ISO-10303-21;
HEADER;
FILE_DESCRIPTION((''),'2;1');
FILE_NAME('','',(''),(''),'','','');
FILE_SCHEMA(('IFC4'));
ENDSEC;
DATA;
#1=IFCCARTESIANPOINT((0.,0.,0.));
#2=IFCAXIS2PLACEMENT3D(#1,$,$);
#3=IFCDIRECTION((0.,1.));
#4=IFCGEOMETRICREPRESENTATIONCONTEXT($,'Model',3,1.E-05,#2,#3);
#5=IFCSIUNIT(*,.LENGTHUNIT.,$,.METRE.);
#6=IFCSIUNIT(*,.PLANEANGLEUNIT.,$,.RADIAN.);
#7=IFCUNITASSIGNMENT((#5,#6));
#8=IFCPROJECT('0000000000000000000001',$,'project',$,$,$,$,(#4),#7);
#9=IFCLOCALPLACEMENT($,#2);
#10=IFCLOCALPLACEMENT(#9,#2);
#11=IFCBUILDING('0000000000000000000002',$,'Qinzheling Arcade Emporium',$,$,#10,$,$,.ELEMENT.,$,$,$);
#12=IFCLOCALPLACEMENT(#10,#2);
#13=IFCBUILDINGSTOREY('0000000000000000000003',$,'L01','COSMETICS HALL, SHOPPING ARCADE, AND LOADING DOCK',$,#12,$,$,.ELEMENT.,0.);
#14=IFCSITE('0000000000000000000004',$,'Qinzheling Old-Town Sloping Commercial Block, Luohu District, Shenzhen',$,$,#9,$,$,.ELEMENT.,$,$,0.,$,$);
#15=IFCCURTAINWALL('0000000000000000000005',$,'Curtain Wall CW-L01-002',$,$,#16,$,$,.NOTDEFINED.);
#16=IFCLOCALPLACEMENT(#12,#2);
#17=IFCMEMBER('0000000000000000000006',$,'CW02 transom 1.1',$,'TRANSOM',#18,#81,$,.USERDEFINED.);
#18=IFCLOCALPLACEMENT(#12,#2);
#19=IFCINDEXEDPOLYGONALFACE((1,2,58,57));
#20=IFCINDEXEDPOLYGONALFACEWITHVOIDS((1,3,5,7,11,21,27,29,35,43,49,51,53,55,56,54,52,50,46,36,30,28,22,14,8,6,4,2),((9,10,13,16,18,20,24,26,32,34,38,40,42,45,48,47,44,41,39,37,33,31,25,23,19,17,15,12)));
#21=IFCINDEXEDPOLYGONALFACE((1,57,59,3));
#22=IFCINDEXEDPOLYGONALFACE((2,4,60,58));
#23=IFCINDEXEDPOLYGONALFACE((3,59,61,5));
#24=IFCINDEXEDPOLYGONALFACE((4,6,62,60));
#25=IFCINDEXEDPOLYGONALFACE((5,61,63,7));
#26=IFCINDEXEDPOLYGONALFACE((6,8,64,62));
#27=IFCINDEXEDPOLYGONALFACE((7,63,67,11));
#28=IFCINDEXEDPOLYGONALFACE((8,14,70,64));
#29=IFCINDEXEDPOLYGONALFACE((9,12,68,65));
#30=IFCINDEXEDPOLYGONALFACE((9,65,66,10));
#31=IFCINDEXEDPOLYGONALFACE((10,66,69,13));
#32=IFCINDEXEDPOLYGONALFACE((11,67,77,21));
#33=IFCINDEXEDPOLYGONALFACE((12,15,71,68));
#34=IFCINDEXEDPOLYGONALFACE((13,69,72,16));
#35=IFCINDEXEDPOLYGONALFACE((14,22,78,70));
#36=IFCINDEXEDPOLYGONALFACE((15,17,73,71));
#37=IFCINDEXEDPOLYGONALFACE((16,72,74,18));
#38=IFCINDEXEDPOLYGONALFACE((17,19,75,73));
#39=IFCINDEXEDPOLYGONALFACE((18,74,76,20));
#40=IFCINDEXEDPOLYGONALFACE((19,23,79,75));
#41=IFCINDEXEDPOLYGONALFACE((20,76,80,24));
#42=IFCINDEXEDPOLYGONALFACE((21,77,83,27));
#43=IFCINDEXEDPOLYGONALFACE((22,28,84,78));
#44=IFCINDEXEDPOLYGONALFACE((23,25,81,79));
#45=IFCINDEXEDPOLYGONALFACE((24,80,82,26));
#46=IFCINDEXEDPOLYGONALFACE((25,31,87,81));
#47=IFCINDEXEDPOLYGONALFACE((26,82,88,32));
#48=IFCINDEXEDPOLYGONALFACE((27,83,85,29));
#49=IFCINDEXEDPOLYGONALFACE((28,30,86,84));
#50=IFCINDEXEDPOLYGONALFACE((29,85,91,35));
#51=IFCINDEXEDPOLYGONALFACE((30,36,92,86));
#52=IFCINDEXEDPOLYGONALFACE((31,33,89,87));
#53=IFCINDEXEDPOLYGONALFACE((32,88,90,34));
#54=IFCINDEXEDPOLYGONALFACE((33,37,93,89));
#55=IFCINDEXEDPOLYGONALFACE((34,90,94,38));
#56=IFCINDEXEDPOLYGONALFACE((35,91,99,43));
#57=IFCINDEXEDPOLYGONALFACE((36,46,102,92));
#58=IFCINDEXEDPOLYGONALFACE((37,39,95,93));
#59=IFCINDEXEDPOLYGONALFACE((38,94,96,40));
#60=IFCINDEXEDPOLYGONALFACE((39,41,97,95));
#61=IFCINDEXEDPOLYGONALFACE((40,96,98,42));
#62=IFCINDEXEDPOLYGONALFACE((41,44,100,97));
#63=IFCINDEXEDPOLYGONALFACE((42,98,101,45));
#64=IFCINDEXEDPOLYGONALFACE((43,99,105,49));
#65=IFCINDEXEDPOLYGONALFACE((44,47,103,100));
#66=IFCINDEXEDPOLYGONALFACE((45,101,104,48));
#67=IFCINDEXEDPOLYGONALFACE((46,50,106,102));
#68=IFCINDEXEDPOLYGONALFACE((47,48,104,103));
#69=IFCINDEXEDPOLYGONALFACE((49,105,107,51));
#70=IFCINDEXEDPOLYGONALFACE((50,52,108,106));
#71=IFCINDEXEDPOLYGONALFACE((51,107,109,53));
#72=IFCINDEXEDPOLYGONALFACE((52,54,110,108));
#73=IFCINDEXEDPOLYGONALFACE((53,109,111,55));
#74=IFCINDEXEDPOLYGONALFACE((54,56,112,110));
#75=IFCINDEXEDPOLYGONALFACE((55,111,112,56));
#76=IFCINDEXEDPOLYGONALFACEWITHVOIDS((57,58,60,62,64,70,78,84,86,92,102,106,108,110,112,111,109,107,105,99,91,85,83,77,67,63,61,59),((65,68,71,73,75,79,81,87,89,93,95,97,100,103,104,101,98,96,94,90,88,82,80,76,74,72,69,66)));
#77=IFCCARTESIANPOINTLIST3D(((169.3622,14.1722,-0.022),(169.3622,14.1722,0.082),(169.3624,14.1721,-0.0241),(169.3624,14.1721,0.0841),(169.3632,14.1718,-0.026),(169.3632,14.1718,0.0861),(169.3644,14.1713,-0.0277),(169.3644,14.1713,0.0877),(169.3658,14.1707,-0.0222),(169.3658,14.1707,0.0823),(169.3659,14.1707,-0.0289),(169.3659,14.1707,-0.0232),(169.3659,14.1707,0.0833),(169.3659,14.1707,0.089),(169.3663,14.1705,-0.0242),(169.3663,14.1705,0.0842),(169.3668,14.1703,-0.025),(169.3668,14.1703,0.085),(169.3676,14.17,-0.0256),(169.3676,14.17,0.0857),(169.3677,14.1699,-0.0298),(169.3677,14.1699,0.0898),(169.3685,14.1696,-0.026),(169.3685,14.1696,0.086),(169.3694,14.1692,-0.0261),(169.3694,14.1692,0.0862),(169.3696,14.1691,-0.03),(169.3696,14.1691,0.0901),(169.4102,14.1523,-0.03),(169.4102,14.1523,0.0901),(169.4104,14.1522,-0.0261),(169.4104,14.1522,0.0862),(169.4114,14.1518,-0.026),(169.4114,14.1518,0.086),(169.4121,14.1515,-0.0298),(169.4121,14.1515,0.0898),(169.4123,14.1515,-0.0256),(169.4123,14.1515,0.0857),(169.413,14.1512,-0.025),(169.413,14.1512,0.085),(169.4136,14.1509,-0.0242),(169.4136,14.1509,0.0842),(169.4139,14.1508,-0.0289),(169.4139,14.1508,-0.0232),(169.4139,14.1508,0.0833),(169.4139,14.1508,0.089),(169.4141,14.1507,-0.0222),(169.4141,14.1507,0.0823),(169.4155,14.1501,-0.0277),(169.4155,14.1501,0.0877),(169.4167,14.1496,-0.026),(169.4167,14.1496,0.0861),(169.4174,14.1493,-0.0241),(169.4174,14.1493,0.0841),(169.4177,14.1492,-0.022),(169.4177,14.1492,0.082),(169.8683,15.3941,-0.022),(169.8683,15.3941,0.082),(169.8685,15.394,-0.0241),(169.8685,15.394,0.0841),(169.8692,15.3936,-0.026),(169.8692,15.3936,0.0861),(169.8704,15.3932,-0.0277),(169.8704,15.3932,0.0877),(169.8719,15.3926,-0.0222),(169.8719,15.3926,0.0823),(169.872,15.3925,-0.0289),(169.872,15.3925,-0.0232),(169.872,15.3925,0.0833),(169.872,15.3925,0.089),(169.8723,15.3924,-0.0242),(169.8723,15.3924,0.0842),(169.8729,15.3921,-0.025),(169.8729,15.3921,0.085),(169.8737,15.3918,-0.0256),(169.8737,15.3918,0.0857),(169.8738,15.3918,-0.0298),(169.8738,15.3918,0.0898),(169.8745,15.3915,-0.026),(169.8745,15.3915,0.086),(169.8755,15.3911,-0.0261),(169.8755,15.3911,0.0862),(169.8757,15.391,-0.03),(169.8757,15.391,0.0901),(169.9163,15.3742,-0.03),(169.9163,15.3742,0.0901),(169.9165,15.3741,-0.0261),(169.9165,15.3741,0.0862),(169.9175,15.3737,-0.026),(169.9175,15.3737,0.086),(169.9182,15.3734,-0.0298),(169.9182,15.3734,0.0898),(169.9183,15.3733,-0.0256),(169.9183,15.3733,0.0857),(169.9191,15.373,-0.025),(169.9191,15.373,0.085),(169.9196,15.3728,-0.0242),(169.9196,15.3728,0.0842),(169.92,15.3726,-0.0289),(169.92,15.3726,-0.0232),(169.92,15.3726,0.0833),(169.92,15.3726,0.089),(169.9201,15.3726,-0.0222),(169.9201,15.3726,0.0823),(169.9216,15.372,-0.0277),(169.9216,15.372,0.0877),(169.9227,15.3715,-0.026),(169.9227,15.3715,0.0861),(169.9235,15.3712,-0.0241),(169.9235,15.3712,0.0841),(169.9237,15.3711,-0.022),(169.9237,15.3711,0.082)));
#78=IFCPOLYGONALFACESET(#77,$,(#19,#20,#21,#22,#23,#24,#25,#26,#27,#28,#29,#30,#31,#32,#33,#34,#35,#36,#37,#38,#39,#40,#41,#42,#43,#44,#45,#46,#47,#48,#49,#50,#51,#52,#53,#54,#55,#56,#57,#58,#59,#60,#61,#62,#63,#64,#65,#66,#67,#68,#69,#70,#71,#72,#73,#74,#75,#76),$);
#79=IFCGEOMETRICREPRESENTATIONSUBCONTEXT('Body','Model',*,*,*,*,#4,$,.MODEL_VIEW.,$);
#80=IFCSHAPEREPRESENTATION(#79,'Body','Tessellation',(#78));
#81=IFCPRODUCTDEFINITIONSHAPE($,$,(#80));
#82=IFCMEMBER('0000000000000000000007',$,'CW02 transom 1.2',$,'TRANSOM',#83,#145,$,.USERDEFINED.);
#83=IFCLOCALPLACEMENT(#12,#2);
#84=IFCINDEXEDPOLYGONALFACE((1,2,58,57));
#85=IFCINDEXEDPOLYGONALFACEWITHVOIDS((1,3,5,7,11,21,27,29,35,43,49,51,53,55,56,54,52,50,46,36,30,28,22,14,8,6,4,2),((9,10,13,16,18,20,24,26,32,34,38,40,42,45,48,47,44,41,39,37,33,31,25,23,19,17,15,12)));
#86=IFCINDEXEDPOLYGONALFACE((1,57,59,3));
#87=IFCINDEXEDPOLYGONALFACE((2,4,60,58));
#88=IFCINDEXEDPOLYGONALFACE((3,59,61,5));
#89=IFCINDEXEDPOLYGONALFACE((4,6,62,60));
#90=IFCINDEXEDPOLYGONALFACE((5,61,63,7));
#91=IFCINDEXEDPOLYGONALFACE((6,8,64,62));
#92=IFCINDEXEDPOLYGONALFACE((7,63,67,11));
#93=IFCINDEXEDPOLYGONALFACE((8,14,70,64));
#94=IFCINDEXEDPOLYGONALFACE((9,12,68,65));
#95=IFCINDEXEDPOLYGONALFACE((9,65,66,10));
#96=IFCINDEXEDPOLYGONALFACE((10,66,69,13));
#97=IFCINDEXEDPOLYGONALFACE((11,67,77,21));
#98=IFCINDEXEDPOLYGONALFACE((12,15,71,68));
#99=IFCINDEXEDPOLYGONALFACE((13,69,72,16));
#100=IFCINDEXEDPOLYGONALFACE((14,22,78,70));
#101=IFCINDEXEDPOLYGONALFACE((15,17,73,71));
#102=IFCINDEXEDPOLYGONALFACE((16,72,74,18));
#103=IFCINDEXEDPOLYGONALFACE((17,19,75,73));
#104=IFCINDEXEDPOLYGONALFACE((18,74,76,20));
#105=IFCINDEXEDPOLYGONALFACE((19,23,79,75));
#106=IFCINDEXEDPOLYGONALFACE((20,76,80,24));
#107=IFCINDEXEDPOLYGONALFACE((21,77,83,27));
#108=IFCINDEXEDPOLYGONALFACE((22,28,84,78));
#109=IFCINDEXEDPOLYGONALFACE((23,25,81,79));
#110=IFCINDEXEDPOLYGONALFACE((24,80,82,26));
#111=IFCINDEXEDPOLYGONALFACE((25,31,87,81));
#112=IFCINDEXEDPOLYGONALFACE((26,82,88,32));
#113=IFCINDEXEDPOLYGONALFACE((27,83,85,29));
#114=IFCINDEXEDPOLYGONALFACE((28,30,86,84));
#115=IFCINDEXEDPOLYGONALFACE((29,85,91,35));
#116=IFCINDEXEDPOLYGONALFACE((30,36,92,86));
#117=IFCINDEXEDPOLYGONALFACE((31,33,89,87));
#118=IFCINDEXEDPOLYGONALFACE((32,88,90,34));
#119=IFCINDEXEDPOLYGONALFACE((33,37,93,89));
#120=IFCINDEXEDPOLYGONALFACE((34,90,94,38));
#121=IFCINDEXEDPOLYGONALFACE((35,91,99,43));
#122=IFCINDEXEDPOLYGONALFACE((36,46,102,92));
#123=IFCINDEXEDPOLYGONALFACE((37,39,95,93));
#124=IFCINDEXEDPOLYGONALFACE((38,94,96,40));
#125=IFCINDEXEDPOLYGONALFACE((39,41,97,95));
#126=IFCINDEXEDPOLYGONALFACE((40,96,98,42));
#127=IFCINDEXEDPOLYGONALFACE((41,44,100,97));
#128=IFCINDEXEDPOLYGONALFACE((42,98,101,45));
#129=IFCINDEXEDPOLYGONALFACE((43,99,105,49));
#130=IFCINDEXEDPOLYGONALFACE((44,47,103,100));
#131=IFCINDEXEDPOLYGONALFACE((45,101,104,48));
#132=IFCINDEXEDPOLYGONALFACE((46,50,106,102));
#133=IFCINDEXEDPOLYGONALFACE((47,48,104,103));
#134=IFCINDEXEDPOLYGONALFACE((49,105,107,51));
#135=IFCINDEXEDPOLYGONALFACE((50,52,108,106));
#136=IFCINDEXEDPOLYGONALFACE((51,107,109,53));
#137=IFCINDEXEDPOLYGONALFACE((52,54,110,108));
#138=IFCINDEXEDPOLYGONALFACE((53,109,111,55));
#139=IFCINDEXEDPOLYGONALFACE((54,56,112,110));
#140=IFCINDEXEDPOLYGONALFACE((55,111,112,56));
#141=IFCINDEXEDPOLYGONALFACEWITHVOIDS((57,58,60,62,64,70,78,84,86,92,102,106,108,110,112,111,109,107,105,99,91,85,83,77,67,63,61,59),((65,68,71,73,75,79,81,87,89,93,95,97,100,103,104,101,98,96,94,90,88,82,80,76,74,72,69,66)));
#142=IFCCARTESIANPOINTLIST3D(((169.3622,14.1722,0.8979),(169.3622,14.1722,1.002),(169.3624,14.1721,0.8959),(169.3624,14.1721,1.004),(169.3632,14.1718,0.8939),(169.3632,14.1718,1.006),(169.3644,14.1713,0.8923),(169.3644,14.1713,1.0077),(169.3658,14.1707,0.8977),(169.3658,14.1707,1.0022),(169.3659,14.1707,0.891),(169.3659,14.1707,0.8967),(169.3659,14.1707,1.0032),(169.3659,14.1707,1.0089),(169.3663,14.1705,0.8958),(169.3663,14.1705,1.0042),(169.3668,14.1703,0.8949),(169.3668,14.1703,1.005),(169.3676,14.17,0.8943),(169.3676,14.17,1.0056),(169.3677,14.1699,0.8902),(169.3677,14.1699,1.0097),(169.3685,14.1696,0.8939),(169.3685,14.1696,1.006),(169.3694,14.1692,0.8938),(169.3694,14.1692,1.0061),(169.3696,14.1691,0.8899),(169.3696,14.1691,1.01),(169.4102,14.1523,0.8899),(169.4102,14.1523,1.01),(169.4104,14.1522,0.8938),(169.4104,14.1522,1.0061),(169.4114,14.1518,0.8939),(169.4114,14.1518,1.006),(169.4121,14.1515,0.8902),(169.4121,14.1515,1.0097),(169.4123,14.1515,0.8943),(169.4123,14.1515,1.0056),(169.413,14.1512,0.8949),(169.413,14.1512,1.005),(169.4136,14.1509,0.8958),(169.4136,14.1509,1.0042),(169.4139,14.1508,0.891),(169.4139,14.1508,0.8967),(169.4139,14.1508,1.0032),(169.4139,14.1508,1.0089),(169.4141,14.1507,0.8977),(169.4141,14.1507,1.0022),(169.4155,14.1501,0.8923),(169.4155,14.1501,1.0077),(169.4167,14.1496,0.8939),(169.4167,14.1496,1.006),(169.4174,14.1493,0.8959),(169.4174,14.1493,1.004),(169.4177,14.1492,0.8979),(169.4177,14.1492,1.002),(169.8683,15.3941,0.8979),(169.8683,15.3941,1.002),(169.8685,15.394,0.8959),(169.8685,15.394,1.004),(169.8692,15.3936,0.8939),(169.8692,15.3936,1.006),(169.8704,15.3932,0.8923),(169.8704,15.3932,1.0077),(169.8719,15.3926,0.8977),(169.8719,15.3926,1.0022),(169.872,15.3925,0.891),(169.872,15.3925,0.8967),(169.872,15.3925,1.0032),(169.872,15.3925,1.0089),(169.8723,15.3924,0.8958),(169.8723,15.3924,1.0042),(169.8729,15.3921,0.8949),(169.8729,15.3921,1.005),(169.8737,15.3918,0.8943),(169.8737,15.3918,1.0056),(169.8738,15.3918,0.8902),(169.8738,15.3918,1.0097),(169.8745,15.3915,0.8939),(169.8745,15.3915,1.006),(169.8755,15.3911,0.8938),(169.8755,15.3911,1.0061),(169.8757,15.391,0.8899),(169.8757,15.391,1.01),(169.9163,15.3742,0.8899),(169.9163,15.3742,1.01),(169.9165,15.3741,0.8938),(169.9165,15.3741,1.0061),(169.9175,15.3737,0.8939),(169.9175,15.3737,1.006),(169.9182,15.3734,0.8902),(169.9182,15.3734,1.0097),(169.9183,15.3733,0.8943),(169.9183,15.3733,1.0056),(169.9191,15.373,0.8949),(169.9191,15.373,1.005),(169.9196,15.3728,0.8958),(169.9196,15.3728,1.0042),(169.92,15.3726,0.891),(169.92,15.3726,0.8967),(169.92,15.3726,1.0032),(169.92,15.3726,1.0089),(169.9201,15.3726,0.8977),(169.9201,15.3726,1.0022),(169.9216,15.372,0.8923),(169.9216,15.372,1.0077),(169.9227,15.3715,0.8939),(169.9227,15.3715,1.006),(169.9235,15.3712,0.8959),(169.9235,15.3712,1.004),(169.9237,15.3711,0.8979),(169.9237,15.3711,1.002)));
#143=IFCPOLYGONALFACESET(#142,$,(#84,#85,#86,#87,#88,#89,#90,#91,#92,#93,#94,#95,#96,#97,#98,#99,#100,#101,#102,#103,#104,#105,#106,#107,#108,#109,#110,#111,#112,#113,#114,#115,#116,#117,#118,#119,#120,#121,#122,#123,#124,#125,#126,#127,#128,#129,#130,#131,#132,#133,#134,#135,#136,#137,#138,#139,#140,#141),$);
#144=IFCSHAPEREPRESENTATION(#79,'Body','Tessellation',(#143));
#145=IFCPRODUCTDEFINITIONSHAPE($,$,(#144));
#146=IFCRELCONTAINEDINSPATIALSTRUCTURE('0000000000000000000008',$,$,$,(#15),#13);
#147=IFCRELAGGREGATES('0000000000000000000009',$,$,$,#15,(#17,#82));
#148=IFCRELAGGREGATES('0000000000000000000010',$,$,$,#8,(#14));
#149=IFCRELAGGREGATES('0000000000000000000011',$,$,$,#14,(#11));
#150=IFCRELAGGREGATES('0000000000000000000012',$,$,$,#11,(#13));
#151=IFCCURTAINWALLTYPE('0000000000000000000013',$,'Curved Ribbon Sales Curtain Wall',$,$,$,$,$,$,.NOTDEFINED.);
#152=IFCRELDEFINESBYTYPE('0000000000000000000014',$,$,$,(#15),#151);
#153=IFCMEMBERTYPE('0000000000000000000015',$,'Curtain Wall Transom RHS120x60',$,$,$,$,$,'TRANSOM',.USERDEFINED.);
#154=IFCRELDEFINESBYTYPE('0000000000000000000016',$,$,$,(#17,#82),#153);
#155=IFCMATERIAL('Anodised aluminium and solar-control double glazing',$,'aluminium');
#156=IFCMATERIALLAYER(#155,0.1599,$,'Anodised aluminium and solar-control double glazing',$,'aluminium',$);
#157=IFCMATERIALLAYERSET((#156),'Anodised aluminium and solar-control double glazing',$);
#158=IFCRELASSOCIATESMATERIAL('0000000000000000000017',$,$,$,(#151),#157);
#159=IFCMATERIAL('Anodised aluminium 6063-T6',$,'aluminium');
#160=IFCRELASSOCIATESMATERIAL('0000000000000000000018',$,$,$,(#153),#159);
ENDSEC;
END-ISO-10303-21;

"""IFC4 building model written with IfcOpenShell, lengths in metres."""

from ifc_helpers import new_model, si_unit, direction, frame, origin, origin_2d, place, context, subcontext, project, spatial, hollow_rectangle, extrude, material, layer, layer_set, material_profile, profile_set, type_object, element, aggregate, save


model = new_model("IFC4")

# Units and contexts
model_context = context("Model", 3, precision=1e-05, world=origin(), true_north=direction((0.0, 1.0)))
body_context = subcontext(model_context, "Body", "Model", "MODEL_VIEW")
ifc_project = project(units=[si_unit("LENGTHUNIT", "METRE"), si_unit("PLANEANGLEUNIT", "RADIAN")], contexts=[model_context])

# Site, building, storey
site_placement = place(None, origin())
site = spatial("IfcSite", under=ifc_project, at=site_placement, Name="Qinzheling Old-Town Sloping Commercial Block, Luohu District, Shenzhen", CompositionType="ELEMENT", RefElevation=0.0)
building_placement = place(site_placement, origin())
building = spatial("IfcBuilding", under=site, at=building_placement, Name="Qinzheling Arcade Emporium", CompositionType="ELEMENT")
storey_placement = place(building_placement, origin())
storey = spatial("IfcBuildingStorey", under=building, at=storey_placement, Name="L01", Description="COSMETICS HALL, SHOPPING ARCADE, AND LOADING DOCK", CompositionType="ELEMENT", Elevation=0.0)

# Curtain wall
ifc_material_1 = material(Name="Anodised aluminium and solar-control double glazing", Category="aluminium")
ifc_layer_1 = layer(ifc_material_1, 0.1599, Name="Anodised aluminium and solar-control double glazing", Category="aluminium")
ifc_layer_set_1 = layer_set([ifc_layer_1], Name="Anodised aluminium and solar-control double glazing")
curtain_wall_type = type_object("IfcCurtainWallType", Name="Curved Ribbon Sales Curtain Wall", PredefinedType="NOTDEFINED", material=ifc_layer_set_1)
curtain_wall_1_placement = place(storey_placement, origin())
curtain_wall_1 = element("IfcCurtainWall", 1, at=curtain_wall_1_placement, inside=storey, type_object=curtain_wall_type, Name="Curtain Wall CW-L01-002", PredefinedType="NOTDEFINED")
ifc_material_2 = material(Name="Anodised aluminium 6063-T6", Category="aluminium")

# Members
ifc_material_profile_1 = material_profile(ifc_material_2, hollow_rectangle(XDim=0.0601, YDim=0.1201, WallThickness=0.0039, InnerFilletRadius=0.0039, OuterFilletRadius=0.0081, at=origin_2d()), Name="RHS 120x60x4", Category="aluminium")
ifc_profile_set_1 = profile_set([ifc_material_profile_1], Name="Anodised aluminium 6063-T6")
member_type_1 = type_object("IfcMemberType", Name="Curtain Wall Transom RHS120x60", ElementType="TRANSOM", PredefinedType="USERDEFINED", material=ifc_profile_set_1)
member_1_placement = place(storey_placement, frame((169.896, 15.3826, 0.03), z_axis=(-0.382662, -0.923889, 0.0), x_axis=(0.923889, -0.382662, 0.0)))
member_1 = element("IfcMember", 2, at=member_1_placement, type_object=member_type_1, Name="CW02 transom 1.1", ObjectType="TRANSOM", PredefinedType="USERDEFINED", context=body_context, shape_type="SweptSolid", body=[
    extrude(hollow_rectangle(XDim=0.0601, YDim=0.1201, WallThickness=0.0039, InnerFilletRadius=0.0039, OuterFilletRadius=0.0081, at=origin_2d()), origin(), (0.0, 0.0, 1.0), 1.3225),
])
member_2_placement = place(storey_placement, frame((169.896, 15.3826, 0.95), z_axis=(-0.382662, -0.923889, 0.0), x_axis=(0.923889, -0.382662, 0.0)))
member_2 = element("IfcMember", 3, at=member_2_placement, type_object=member_type_1, Name="CW02 transom 1.2", ObjectType="TRANSOM", PredefinedType="USERDEFINED", context=body_context, shape_type="SweptSolid", body=[
    extrude(hollow_rectangle(XDim=0.0601, YDim=0.1201, WallThickness=0.0039, InnerFilletRadius=0.0039, OuterFilletRadius=0.0081, at=origin_2d()), origin(), (0.0, 0.0, 1.0), 1.3225),
])

aggregate(curtain_wall_1, [member_1, member_2])

save(model, "model.ifc")
